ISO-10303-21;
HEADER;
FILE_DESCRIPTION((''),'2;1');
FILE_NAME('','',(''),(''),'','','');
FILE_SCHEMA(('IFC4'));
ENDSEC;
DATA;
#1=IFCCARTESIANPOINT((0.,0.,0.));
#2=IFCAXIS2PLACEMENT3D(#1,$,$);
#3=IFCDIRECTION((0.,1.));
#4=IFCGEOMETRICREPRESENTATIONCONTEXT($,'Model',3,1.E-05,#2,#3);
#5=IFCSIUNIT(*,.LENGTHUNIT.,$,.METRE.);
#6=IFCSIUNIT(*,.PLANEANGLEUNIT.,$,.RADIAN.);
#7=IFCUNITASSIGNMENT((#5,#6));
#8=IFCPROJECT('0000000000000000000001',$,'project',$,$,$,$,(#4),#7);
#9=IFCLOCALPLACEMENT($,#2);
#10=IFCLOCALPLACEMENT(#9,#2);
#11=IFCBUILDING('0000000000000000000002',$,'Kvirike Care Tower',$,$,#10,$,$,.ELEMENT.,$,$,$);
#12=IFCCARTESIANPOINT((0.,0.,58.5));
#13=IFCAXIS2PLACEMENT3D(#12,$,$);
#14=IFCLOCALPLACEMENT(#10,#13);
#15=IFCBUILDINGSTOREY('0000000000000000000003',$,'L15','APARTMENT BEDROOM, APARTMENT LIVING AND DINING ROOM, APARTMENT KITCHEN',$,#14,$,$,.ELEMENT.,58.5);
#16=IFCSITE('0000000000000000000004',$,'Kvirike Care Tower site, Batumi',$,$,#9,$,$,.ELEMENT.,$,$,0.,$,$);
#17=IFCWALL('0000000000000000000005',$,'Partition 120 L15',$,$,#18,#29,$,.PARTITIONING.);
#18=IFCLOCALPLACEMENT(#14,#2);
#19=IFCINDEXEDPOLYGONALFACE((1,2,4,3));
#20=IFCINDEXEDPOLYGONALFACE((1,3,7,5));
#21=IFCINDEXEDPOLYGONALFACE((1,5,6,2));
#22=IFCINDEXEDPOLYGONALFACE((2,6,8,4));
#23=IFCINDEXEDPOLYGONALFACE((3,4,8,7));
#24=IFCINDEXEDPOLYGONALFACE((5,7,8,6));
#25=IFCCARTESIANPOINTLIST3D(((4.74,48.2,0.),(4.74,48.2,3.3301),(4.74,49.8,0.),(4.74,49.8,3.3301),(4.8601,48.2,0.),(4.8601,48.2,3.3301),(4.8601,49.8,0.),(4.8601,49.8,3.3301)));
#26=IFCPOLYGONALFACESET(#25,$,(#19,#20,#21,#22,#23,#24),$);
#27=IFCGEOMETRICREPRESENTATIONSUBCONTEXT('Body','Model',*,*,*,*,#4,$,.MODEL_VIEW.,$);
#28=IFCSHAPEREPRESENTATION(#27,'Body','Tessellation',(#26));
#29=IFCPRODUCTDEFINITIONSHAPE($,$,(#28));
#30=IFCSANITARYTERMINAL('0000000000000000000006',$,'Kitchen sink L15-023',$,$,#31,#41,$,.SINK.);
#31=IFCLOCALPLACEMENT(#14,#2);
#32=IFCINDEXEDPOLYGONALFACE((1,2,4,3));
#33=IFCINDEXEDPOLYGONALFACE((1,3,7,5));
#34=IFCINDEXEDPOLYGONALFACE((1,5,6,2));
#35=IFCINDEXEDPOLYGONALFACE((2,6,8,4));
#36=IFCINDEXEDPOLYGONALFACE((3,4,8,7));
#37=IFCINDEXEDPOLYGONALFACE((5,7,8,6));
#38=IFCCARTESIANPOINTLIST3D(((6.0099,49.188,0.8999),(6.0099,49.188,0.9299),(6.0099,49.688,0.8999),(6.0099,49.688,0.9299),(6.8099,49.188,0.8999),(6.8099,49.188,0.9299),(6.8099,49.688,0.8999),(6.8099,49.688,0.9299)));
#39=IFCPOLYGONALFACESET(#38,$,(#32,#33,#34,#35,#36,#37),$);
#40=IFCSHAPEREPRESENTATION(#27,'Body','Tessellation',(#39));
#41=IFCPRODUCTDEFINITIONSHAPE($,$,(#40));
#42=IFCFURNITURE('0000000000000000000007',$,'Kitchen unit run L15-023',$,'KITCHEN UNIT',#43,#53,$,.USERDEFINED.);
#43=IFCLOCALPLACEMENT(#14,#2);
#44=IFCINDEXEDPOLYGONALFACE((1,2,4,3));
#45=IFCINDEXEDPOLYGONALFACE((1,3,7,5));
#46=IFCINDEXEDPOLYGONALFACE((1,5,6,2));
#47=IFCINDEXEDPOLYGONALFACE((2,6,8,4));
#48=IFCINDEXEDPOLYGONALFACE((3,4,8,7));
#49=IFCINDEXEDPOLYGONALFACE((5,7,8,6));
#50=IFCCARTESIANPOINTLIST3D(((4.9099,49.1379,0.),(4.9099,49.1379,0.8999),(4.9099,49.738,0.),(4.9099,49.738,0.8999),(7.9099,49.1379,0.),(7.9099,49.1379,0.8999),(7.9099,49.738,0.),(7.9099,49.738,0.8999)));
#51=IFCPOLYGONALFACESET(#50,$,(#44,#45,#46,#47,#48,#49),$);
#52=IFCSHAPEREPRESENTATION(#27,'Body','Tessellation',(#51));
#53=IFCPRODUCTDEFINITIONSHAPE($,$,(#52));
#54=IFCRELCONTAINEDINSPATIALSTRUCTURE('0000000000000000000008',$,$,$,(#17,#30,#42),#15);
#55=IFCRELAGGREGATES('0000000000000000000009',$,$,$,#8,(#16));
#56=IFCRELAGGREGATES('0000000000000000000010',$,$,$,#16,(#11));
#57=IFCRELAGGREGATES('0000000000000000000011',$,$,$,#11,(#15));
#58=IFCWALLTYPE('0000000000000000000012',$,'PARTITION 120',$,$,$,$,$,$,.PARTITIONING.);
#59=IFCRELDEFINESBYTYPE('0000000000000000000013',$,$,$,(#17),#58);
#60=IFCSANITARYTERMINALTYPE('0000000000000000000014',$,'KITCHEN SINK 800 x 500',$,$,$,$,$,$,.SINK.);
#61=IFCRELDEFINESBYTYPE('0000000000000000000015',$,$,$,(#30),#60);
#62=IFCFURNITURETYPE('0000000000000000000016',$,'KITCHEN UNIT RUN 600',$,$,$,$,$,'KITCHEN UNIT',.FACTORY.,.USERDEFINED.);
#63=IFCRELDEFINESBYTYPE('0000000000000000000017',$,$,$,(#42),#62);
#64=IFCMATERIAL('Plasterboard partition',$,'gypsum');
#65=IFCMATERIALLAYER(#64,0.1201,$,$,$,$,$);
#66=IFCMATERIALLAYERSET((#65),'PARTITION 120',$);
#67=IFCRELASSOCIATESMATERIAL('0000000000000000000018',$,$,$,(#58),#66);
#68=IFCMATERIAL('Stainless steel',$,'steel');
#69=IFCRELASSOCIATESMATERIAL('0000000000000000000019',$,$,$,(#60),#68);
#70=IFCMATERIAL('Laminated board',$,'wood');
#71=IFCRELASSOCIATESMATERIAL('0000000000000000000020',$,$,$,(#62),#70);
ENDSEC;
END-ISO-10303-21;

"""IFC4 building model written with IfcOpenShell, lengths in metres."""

from ifc_helpers import new_model, si_unit, direction, frame, frame_2d, origin, origin_2d, place, context, subcontext, project, spatial, rectangle, extrude, material, layer, layer_set, type_object, element, save


model = new_model("IFC4")

# Units and contexts
model_context = context("Model", 3, precision=1e-05, world=origin(), true_north=direction((0.0, 1.0)))
body_context = subcontext(model_context, "Body", "Model", "MODEL_VIEW")
ifc_project = project(units=[si_unit("LENGTHUNIT", "METRE"), si_unit("PLANEANGLEUNIT", "RADIAN")], contexts=[model_context])

# Site, building, storey
site_placement = place(None, origin())
site = spatial("IfcSite", under=ifc_project, at=site_placement, Name="Kvirike Care Tower site, Batumi", CompositionType="ELEMENT", RefElevation=0.0)
building_placement = place(site_placement, origin())
building = spatial("IfcBuilding", under=site, at=building_placement, Name="Kvirike Care Tower", CompositionType="ELEMENT")
storey_placement = place(building_placement, frame((0.0, 0.0, 58.5)))
storey = spatial("IfcBuildingStorey", under=building, at=storey_placement, Name="L15", Description="APARTMENT BEDROOM, APARTMENT LIVING AND DINING ROOM, APARTMENT KITCHEN", CompositionType="ELEMENT", Elevation=58.5)

# Wall
ifc_material_1 = material(Name="Plasterboard partition", Category="gypsum")
ifc_layer_1 = layer(ifc_material_1, 0.1201)
ifc_layer_set_1 = layer_set([ifc_layer_1], Name="PARTITION 120")
wall_type_1 = type_object("IfcWallType", Name="PARTITION 120", PredefinedType="PARTITIONING", material=ifc_layer_set_1)
wall_1_placement = place(storey_placement, frame((4.8, 49.8, 0.0), z_axis=(0.0, 0.0, 1.0), x_axis=(0.0, -1.0, 0.0)))
element("IfcWall", 1, at=wall_1_placement, inside=storey, type_object=wall_type_1, Name="Partition 120 L15", PredefinedType="PARTITIONING", context=body_context, shape_type="SweptSolid", body=[
    extrude(rectangle(XDim=1.6001, YDim=0.1201, at=frame_2d((0.8, 0.0))), origin(), (0.0, 0.0, 1.0), 3.3301),
])

# Sanitary terminal
ifc_material_2 = material(Name="Stainless steel", Category="steel")
sanitary_terminal_type = type_object("IfcSanitaryTerminalType", Name="KITCHEN SINK 800 x 500", PredefinedType="SINK", material=ifc_material_2)
sanitary_terminal_placement = place(storey_placement, frame((6.4099, 49.438, 0.8999), z_axis=(0.0, 0.0, 1.0), x_axis=(1.0, 0.0, 0.0)))
element("IfcSanitaryTerminal", 2, at=sanitary_terminal_placement, inside=storey, type_object=sanitary_terminal_type, Name="Kitchen sink L15-023", PredefinedType="SINK", context=body_context, shape_type="SweptSolid", body=[
    extrude(rectangle(XDim=0.8, YDim=0.5, at=origin_2d()), origin(), (0.0, 0.0, 1.0), 0.03),
])

# Furniture
ifc_material_3 = material(Name="Laminated board", Category="wood")
furniture_type = type_object("IfcFurnitureType", Name="KITCHEN UNIT RUN 600", ElementType="KITCHEN UNIT", AssemblyPlace="FACTORY", PredefinedType="USERDEFINED", material=ifc_material_3)
furniture_placement = place(storey_placement, frame((6.4099, 49.438, 0.0), z_axis=(0.0, 0.0, 1.0), x_axis=(1.0, 0.0, 0.0)))
element("IfcFurniture", 3, at=furniture_placement, inside=storey, type_object=furniture_type, Name="Kitchen unit run L15-023", ObjectType="KITCHEN UNIT", PredefinedType="USERDEFINED", context=body_context, shape_type="SweptSolid", body=[
    extrude(rectangle(XDim=3.0, YDim=0.6001, at=origin_2d()), origin(), (0.0, 0.0, 1.0), 0.8999),
])

save(model, "model.ifc")
